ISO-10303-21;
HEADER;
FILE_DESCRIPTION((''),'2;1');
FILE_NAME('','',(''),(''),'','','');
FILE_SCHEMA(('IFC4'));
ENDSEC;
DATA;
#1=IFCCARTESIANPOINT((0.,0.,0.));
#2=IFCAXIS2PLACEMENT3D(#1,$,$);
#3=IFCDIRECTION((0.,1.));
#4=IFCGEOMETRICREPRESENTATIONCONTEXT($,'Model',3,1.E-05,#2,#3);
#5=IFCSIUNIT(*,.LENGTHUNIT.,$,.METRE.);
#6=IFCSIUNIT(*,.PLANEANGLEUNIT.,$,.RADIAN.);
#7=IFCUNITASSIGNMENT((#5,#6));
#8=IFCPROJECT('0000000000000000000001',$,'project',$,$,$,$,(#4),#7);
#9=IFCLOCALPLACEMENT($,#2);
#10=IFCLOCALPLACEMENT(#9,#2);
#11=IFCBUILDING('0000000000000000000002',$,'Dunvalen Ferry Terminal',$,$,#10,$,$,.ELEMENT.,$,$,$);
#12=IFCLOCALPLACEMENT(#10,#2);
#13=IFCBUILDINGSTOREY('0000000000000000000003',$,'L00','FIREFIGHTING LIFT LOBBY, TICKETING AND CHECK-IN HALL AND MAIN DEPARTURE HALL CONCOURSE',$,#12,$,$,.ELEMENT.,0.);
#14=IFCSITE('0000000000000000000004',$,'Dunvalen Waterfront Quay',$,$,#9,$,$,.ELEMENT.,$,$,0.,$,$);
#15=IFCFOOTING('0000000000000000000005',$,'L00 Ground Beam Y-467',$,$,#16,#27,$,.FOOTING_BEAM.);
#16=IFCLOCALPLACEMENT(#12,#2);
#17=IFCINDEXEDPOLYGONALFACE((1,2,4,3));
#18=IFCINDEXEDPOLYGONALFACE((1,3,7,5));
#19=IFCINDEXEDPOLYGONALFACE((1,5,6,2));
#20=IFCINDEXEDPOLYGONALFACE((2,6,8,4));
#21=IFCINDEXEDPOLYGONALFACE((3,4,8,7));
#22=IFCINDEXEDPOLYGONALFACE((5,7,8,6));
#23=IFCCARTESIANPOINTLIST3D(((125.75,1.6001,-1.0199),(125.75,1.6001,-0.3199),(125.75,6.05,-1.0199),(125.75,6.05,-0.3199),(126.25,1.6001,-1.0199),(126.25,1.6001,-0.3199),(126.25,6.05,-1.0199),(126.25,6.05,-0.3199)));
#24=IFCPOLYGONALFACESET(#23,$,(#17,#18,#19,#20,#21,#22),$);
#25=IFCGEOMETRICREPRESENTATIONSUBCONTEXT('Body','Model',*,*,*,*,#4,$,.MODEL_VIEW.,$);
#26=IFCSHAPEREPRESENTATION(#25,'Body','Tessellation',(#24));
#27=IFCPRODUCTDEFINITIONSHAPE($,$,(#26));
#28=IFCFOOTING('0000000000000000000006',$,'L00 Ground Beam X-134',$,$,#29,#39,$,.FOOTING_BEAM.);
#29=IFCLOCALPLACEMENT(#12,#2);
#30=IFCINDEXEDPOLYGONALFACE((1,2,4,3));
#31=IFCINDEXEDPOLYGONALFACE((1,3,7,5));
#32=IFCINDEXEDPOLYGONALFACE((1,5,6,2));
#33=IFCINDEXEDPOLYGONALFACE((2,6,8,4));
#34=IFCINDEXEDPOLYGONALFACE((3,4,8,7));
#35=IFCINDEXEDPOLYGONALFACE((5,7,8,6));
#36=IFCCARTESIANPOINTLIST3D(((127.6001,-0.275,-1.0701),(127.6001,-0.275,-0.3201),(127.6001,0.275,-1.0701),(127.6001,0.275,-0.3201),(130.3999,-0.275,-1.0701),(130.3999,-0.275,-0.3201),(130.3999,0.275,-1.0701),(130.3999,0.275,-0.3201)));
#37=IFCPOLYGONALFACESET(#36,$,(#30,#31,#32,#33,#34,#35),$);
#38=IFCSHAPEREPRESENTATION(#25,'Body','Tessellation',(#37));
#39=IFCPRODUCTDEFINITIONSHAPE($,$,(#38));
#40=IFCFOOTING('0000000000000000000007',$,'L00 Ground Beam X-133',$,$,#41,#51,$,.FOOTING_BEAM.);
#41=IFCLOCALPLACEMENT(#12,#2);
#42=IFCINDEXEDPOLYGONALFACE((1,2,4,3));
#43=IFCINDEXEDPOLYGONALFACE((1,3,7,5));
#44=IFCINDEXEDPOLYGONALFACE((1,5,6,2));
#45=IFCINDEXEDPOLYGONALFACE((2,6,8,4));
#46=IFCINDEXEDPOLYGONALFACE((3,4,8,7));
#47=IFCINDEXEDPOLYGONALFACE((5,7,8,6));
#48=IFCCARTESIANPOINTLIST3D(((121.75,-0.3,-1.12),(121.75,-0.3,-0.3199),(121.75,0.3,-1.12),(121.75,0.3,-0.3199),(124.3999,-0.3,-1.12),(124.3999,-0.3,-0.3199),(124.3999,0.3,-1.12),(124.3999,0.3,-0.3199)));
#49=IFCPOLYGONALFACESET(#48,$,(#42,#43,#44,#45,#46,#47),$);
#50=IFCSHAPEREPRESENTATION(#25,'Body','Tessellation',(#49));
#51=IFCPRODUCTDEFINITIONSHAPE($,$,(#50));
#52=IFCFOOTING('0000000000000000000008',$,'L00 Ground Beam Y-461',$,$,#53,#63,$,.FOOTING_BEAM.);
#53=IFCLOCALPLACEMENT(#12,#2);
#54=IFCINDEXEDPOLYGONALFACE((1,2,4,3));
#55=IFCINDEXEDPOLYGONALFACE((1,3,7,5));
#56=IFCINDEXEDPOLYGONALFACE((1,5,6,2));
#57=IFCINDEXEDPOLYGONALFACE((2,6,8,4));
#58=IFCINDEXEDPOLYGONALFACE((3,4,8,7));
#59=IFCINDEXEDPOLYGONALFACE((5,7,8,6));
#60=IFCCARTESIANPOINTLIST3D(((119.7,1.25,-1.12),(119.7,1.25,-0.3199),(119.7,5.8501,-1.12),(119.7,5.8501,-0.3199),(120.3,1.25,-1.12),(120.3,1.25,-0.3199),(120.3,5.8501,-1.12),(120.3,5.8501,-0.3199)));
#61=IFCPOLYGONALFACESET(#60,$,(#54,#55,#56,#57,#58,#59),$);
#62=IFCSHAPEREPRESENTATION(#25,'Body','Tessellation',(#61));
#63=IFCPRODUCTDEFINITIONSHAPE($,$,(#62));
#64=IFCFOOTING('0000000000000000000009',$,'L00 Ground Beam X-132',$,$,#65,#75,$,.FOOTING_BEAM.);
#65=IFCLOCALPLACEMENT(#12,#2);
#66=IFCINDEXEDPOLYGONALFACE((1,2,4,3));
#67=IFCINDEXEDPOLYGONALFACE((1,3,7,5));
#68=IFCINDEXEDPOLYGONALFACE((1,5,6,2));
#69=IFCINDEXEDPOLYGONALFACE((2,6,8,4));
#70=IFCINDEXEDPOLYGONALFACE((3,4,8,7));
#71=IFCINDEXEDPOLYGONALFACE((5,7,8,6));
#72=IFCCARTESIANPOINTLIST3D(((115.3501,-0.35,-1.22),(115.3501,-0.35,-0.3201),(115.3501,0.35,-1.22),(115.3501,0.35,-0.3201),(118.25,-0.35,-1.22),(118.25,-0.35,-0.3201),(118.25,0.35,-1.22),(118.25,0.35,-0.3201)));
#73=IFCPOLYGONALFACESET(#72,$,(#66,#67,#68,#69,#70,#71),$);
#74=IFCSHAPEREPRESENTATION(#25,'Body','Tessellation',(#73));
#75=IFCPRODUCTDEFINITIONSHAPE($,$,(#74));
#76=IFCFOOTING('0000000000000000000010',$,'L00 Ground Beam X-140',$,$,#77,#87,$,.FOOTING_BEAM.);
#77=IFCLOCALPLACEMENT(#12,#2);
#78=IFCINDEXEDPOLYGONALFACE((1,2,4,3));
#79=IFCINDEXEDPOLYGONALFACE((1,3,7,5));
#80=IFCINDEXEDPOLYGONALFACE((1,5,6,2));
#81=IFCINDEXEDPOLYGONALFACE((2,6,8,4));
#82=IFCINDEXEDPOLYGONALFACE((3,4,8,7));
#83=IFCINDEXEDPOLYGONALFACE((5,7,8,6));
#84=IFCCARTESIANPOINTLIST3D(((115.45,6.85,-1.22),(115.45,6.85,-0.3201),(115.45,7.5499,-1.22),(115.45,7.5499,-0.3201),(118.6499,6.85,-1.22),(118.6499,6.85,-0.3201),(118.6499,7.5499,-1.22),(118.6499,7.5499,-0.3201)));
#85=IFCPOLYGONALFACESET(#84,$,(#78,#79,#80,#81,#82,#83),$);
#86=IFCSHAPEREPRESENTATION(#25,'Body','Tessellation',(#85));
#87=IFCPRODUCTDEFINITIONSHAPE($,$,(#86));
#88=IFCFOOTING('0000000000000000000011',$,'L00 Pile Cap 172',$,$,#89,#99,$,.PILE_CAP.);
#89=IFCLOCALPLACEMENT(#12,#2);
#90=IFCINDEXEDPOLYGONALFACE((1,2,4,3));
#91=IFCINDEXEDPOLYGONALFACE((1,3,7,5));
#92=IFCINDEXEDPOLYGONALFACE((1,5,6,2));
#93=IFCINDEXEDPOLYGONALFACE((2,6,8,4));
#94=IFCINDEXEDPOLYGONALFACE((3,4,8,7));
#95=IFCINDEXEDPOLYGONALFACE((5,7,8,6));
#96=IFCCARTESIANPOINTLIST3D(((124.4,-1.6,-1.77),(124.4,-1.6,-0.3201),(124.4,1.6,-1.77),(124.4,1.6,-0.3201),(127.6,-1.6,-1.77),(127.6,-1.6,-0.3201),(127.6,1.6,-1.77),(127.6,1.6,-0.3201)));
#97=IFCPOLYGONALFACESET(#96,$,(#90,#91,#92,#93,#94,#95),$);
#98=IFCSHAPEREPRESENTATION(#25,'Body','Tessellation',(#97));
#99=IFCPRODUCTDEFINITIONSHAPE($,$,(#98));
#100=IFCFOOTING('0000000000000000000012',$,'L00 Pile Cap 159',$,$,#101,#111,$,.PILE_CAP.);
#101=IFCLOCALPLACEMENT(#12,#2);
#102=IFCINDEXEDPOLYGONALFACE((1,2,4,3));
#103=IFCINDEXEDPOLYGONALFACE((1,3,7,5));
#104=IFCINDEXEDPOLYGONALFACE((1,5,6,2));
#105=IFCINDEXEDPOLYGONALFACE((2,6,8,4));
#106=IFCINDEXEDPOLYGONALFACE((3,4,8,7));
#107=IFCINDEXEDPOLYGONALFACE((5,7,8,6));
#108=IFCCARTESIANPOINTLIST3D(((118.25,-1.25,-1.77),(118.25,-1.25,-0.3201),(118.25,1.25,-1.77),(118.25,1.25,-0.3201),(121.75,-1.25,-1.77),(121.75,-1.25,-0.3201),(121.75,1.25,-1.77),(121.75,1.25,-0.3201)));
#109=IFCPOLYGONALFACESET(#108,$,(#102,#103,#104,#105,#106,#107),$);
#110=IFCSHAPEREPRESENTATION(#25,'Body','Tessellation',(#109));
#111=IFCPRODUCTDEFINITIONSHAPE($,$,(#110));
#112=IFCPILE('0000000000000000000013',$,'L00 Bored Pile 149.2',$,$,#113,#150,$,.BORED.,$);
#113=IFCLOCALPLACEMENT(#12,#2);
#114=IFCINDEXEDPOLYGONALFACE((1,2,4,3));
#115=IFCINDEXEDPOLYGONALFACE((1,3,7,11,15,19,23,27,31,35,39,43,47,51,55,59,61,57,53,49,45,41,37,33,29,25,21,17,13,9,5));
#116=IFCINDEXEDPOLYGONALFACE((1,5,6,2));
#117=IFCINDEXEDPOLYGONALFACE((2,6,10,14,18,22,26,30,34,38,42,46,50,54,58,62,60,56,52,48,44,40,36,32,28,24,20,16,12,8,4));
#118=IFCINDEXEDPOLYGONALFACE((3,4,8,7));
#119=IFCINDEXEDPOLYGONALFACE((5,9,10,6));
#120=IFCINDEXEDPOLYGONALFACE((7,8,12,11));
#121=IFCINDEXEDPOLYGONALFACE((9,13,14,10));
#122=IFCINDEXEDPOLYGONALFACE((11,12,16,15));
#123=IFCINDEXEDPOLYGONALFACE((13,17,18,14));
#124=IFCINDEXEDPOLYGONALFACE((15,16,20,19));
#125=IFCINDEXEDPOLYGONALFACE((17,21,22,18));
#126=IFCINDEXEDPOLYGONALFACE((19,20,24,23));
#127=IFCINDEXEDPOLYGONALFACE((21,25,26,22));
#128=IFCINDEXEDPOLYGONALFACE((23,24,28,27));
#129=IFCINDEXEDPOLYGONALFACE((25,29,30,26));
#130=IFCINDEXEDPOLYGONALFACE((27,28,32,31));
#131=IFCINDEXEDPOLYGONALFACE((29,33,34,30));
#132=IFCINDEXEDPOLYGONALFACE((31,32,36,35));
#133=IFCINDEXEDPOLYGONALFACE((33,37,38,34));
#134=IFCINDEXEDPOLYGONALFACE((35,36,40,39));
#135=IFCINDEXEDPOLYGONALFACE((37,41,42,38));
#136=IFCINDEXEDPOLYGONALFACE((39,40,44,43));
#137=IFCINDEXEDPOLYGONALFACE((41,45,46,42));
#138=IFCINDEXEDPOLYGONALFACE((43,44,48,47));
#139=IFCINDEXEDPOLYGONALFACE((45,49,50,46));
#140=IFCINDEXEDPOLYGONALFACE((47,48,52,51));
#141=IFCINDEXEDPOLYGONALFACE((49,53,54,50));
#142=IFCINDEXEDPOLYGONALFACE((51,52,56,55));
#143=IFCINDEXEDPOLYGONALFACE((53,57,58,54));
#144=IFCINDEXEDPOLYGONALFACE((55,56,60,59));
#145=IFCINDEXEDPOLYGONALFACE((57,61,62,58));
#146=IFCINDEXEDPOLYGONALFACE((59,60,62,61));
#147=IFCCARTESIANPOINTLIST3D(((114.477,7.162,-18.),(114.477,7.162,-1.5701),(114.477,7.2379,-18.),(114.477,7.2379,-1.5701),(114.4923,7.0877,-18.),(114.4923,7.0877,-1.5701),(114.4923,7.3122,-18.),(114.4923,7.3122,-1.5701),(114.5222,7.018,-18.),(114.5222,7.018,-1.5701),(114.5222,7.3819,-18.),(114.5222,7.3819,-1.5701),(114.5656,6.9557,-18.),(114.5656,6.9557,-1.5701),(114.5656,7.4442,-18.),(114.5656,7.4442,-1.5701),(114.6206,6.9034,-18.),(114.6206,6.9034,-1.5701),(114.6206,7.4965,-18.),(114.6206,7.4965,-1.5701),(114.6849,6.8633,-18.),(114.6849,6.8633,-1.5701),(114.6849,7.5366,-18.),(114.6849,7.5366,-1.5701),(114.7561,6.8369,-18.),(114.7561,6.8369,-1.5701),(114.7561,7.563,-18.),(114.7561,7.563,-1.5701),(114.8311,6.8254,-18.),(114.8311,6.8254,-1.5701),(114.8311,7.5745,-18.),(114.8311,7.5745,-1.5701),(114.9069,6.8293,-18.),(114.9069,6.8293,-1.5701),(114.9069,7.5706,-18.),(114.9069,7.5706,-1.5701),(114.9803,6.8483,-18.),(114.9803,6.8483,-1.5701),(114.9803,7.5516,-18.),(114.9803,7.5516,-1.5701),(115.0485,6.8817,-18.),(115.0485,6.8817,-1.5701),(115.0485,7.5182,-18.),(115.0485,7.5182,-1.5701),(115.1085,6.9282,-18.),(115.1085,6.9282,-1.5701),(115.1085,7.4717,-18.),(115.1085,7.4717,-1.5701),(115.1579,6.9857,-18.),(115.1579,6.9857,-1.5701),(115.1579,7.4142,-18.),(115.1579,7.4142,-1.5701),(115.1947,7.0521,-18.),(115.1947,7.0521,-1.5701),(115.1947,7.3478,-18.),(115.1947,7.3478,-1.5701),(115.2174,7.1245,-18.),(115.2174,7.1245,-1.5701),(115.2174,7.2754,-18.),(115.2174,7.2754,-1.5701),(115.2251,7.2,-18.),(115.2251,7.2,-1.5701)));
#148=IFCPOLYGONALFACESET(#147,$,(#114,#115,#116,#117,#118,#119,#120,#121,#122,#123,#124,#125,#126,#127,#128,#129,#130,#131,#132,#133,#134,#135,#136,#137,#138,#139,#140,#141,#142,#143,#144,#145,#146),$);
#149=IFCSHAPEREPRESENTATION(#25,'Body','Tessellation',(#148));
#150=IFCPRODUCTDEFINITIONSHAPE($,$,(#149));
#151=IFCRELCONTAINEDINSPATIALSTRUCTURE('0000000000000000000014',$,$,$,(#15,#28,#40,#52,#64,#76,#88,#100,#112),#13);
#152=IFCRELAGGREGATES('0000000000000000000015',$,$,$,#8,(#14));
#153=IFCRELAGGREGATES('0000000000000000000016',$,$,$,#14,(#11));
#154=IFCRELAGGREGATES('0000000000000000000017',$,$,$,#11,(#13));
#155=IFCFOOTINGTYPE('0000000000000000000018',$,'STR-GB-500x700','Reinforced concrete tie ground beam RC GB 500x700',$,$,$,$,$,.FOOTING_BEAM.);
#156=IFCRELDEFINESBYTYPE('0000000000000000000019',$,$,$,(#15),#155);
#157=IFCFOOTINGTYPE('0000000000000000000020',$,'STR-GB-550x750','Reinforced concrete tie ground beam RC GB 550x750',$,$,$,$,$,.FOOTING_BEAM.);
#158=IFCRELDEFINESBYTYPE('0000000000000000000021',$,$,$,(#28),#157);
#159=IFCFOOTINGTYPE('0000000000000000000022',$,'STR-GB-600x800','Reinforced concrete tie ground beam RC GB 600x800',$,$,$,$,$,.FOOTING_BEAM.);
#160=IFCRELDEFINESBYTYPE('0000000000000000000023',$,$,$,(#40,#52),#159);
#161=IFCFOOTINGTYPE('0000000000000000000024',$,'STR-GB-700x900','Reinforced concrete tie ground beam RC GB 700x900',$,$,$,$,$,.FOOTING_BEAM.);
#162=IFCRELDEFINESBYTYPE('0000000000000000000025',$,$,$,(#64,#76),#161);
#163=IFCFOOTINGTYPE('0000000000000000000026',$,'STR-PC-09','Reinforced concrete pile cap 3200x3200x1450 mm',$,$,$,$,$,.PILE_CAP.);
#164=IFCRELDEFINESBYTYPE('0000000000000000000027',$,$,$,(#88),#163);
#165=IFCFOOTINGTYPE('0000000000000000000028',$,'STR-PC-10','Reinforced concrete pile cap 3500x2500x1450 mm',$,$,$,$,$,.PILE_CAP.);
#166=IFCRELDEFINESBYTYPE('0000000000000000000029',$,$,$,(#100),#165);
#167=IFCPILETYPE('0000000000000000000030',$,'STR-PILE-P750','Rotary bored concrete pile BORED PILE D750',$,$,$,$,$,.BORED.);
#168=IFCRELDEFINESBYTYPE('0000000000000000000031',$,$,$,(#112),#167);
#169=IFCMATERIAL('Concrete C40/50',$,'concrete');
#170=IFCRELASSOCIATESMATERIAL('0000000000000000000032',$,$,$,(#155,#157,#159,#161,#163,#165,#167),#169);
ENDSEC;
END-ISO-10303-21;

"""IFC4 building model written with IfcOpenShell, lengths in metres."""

from ifc_helpers import new_model, si_unit, direction, frame, origin, origin_2d, place, context, subcontext, project, spatial, rectangle, circle, extrude, material, material_profile, profile_set, type_object, element, save


model = new_model("IFC4")

# Units and contexts
model_context = context("Model", 3, precision=1e-05, world=origin(), true_north=direction((0.0, 1.0)))
body_context = subcontext(model_context, "Body", "Model", "MODEL_VIEW")
ifc_project = project(units=[si_unit("LENGTHUNIT", "METRE"), si_unit("PLANEANGLEUNIT", "RADIAN")], contexts=[model_context])

# Site, building, storey
site_placement = place(None, origin())
site = spatial("IfcSite", under=ifc_project, at=site_placement, Name="Dunvalen Waterfront Quay", CompositionType="ELEMENT", RefElevation=0.0)
building_placement = place(site_placement, origin())
building = spatial("IfcBuilding", under=site, at=building_placement, Name="Dunvalen Ferry Terminal", CompositionType="ELEMENT")
storey_placement = place(building_placement, origin())
storey = spatial("IfcBuildingStorey", under=building, at=storey_placement, Name="L00", Description="FIREFIGHTING LIFT LOBBY, TICKETING AND CHECK-IN HALL AND MAIN DEPARTURE HALL CONCOURSE", CompositionType="ELEMENT", Elevation=0.0)

# Footings
ifc_material_1 = material(Name="Concrete C40/50", Category="concrete")
ifc_material_profile_1 = material_profile(ifc_material_1, rectangle(XDim=0.5, YDim=0.7, at=origin_2d()), Name="Concrete C40/50")
ifc_profile_set_1 = profile_set([ifc_material_profile_1], Name="Concrete C40/50")
footing_type_1 = type_object("IfcFootingType", Name="STR-GB-500x700", Description="Reinforced concrete tie ground beam RC GB 500x700", PredefinedType="FOOTING_BEAM", material=ifc_profile_set_1)
footing_1_placement = place(storey_placement, frame((126.0, 1.6001, -0.6699), z_axis=(0.0, 1.0, 0.0), x_axis=(-1.0, 0.0, 0.0)))
element("IfcFooting", 1, at=footing_1_placement, inside=storey, type_object=footing_type_1, Name="L00 Ground Beam Y-467", PredefinedType="FOOTING_BEAM", context=body_context, shape_type="SweptSolid", body=[
    extrude(rectangle(XDim=0.5, YDim=0.7, at=origin_2d()), origin(), (0.0, 0.0, 1.0), 4.45),
])
ifc_material_profile_2 = material_profile(ifc_material_1, rectangle(XDim=0.55, YDim=0.75, at=origin_2d()), Name="Concrete C40/50")
ifc_profile_set_2 = profile_set([ifc_material_profile_2], Name="Concrete C40/50")
footing_type_2 = type_object("IfcFootingType", Name="STR-GB-550x750", Description="Reinforced concrete tie ground beam RC GB 550x750", PredefinedType="FOOTING_BEAM", material=ifc_profile_set_2)
footing_2_placement = place(storey_placement, frame((127.6001, 0.0, -0.6951), z_axis=(1.0, 0.0, 0.0), x_axis=(0.0, 1.0, 0.0)))
element("IfcFooting", 2, at=footing_2_placement, inside=storey, type_object=footing_type_2, Name="L00 Ground Beam X-134", PredefinedType="FOOTING_BEAM", context=body_context, shape_type="SweptSolid", body=[
    extrude(rectangle(XDim=0.55, YDim=0.75, at=origin_2d()), origin(), (0.0, 0.0, 1.0), 2.7998),
])
ifc_material_profile_3 = material_profile(ifc_material_1, rectangle(XDim=0.6001, YDim=0.8, at=origin_2d()), Name="Concrete C40/50")
ifc_profile_set_3 = profile_set([ifc_material_profile_3], Name="Concrete C40/50")
footing_type_3 = type_object("IfcFootingType", Name="STR-GB-600x800", Description="Reinforced concrete tie ground beam RC GB 600x800", PredefinedType="FOOTING_BEAM", material=ifc_profile_set_3)
footing_3_placement = place(storey_placement, frame((121.75, 0.0, -0.72), z_axis=(1.0, 0.0, 0.0), x_axis=(0.0, 1.0, 0.0)))
element("IfcFooting", 3, at=footing_3_placement, inside=storey, type_object=footing_type_3, Name="L00 Ground Beam X-133", PredefinedType="FOOTING_BEAM", context=body_context, shape_type="SweptSolid", body=[
    extrude(rectangle(XDim=0.6001, YDim=0.8, at=origin_2d()), origin(), (0.0, 0.0, 1.0), 2.6499),
])
footing_4_placement = place(storey_placement, frame((120.0, 1.25, -0.72), z_axis=(0.0, 1.0, 0.0), x_axis=(-1.0, 0.0, 0.0)))
element("IfcFooting", 4, at=footing_4_placement, inside=storey, type_object=footing_type_3, Name="L00 Ground Beam Y-461", PredefinedType="FOOTING_BEAM", context=body_context, shape_type="SweptSolid", body=[
    extrude(rectangle(XDim=0.6001, YDim=0.8, at=origin_2d()), origin(), (0.0, 0.0, 1.0), 4.6001),
])
ifc_material_profile_4 = material_profile(ifc_material_1, rectangle(XDim=0.7, YDim=0.8999, at=origin_2d()), Name="Concrete C40/50")
ifc_profile_set_4 = profile_set([ifc_material_profile_4], Name="Concrete C40/50")
footing_type_4 = type_object("IfcFootingType", Name="STR-GB-700x900", Description="Reinforced concrete tie ground beam RC GB 700x900", PredefinedType="FOOTING_BEAM", material=ifc_profile_set_4)
footing_5_placement = place(storey_placement, frame((115.3501, 0.0, -0.77), z_axis=(1.0, 0.0, 0.0), x_axis=(0.0, 1.0, 0.0)))
element("IfcFooting", 5, at=footing_5_placement, inside=storey, type_object=footing_type_4, Name="L00 Ground Beam X-132", PredefinedType="FOOTING_BEAM", context=body_context, shape_type="SweptSolid", body=[
    extrude(rectangle(XDim=0.7, YDim=0.8999, at=origin_2d()), origin(), (0.0, 0.0, 1.0), 2.8999),
])
footing_6_placement = place(storey_placement, frame((115.45, 7.2, -0.77), z_axis=(1.0, 0.0, 0.0), x_axis=(0.0, 1.0, 0.0)))
element("IfcFooting", 6, at=footing_6_placement, inside=storey, type_object=footing_type_4, Name="L00 Ground Beam X-140", PredefinedType="FOOTING_BEAM", context=body_context, shape_type="SweptSolid", body=[
    extrude(rectangle(XDim=0.7, YDim=0.8999, at=origin_2d()), origin(), (0.0, 0.0, 1.0), 3.2),
])
footing_type_5 = type_object("IfcFootingType", Name="STR-PC-09", Description="Reinforced concrete pile cap 3200x3200x1450 mm", PredefinedType="PILE_CAP", material=ifc_material_1)
footing_7_placement = place(storey_placement, frame((126.0, 0.0, -1.77), z_axis=(0.0, 0.0, 1.0), x_axis=(1.0, 0.0, 0.0)))
element("IfcFooting", 7, at=footing_7_placement, inside=storey, type_object=footing_type_5, Name="L00 Pile Cap 172", PredefinedType="PILE_CAP", context=body_context, shape_type="SweptSolid", body=[
    extrude(rectangle(XDim=3.2, YDim=3.2, at=origin_2d()), origin(), (0.0, 0.0, 1.0), 1.45),
])
footing_type_6 = type_object("IfcFootingType", Name="STR-PC-10", Description="Reinforced concrete pile cap 3500x2500x1450 mm", PredefinedType="PILE_CAP", material=ifc_material_1)
footing_8_placement = place(storey_placement, frame((120.0, 0.0, -1.77), z_axis=(0.0, 0.0, 1.0), x_axis=(1.0, 0.0, 0.0)))
element("IfcFooting", 8, at=footing_8_placement, inside=storey, type_object=footing_type_6, Name="L00 Pile Cap 159", PredefinedType="PILE_CAP", context=body_context, shape_type="SweptSolid", body=[
    extrude(rectangle(XDim=3.5, YDim=2.5, at=origin_2d()), origin(), (0.0, 0.0, 1.0), 1.45),
])

# Pile
ifc_material_profile_5 = material_profile(ifc_material_1, circle(Radius=0.375, at=origin_2d()), Name="Concrete C40/50")
ifc_profile_set_5 = profile_set([ifc_material_profile_5], Name="Concrete C40/50")
pile_type = type_object("IfcPileType", Name="STR-PILE-P750", Description="Rotary bored concrete pile BORED PILE D750", PredefinedType="BORED", material=ifc_profile_set_5)
pile_placement = place(storey_placement, frame((114.8501, 7.2, -1.5701), z_axis=(0.0, 0.0, -1.0), x_axis=(1.0, 0.0, 0.0)))
element("IfcPile", 9, at=pile_placement, inside=storey, type_object=pile_type, Name="L00 Bored Pile 149.2", PredefinedType="BORED", context=body_context, shape_type="SweptSolid", body=[
    extrude(circle(Radius=0.375, at=origin_2d()), origin(), (0.0, 0.0, 1.0), 16.4299),
])

save(model, "model.ifc")
